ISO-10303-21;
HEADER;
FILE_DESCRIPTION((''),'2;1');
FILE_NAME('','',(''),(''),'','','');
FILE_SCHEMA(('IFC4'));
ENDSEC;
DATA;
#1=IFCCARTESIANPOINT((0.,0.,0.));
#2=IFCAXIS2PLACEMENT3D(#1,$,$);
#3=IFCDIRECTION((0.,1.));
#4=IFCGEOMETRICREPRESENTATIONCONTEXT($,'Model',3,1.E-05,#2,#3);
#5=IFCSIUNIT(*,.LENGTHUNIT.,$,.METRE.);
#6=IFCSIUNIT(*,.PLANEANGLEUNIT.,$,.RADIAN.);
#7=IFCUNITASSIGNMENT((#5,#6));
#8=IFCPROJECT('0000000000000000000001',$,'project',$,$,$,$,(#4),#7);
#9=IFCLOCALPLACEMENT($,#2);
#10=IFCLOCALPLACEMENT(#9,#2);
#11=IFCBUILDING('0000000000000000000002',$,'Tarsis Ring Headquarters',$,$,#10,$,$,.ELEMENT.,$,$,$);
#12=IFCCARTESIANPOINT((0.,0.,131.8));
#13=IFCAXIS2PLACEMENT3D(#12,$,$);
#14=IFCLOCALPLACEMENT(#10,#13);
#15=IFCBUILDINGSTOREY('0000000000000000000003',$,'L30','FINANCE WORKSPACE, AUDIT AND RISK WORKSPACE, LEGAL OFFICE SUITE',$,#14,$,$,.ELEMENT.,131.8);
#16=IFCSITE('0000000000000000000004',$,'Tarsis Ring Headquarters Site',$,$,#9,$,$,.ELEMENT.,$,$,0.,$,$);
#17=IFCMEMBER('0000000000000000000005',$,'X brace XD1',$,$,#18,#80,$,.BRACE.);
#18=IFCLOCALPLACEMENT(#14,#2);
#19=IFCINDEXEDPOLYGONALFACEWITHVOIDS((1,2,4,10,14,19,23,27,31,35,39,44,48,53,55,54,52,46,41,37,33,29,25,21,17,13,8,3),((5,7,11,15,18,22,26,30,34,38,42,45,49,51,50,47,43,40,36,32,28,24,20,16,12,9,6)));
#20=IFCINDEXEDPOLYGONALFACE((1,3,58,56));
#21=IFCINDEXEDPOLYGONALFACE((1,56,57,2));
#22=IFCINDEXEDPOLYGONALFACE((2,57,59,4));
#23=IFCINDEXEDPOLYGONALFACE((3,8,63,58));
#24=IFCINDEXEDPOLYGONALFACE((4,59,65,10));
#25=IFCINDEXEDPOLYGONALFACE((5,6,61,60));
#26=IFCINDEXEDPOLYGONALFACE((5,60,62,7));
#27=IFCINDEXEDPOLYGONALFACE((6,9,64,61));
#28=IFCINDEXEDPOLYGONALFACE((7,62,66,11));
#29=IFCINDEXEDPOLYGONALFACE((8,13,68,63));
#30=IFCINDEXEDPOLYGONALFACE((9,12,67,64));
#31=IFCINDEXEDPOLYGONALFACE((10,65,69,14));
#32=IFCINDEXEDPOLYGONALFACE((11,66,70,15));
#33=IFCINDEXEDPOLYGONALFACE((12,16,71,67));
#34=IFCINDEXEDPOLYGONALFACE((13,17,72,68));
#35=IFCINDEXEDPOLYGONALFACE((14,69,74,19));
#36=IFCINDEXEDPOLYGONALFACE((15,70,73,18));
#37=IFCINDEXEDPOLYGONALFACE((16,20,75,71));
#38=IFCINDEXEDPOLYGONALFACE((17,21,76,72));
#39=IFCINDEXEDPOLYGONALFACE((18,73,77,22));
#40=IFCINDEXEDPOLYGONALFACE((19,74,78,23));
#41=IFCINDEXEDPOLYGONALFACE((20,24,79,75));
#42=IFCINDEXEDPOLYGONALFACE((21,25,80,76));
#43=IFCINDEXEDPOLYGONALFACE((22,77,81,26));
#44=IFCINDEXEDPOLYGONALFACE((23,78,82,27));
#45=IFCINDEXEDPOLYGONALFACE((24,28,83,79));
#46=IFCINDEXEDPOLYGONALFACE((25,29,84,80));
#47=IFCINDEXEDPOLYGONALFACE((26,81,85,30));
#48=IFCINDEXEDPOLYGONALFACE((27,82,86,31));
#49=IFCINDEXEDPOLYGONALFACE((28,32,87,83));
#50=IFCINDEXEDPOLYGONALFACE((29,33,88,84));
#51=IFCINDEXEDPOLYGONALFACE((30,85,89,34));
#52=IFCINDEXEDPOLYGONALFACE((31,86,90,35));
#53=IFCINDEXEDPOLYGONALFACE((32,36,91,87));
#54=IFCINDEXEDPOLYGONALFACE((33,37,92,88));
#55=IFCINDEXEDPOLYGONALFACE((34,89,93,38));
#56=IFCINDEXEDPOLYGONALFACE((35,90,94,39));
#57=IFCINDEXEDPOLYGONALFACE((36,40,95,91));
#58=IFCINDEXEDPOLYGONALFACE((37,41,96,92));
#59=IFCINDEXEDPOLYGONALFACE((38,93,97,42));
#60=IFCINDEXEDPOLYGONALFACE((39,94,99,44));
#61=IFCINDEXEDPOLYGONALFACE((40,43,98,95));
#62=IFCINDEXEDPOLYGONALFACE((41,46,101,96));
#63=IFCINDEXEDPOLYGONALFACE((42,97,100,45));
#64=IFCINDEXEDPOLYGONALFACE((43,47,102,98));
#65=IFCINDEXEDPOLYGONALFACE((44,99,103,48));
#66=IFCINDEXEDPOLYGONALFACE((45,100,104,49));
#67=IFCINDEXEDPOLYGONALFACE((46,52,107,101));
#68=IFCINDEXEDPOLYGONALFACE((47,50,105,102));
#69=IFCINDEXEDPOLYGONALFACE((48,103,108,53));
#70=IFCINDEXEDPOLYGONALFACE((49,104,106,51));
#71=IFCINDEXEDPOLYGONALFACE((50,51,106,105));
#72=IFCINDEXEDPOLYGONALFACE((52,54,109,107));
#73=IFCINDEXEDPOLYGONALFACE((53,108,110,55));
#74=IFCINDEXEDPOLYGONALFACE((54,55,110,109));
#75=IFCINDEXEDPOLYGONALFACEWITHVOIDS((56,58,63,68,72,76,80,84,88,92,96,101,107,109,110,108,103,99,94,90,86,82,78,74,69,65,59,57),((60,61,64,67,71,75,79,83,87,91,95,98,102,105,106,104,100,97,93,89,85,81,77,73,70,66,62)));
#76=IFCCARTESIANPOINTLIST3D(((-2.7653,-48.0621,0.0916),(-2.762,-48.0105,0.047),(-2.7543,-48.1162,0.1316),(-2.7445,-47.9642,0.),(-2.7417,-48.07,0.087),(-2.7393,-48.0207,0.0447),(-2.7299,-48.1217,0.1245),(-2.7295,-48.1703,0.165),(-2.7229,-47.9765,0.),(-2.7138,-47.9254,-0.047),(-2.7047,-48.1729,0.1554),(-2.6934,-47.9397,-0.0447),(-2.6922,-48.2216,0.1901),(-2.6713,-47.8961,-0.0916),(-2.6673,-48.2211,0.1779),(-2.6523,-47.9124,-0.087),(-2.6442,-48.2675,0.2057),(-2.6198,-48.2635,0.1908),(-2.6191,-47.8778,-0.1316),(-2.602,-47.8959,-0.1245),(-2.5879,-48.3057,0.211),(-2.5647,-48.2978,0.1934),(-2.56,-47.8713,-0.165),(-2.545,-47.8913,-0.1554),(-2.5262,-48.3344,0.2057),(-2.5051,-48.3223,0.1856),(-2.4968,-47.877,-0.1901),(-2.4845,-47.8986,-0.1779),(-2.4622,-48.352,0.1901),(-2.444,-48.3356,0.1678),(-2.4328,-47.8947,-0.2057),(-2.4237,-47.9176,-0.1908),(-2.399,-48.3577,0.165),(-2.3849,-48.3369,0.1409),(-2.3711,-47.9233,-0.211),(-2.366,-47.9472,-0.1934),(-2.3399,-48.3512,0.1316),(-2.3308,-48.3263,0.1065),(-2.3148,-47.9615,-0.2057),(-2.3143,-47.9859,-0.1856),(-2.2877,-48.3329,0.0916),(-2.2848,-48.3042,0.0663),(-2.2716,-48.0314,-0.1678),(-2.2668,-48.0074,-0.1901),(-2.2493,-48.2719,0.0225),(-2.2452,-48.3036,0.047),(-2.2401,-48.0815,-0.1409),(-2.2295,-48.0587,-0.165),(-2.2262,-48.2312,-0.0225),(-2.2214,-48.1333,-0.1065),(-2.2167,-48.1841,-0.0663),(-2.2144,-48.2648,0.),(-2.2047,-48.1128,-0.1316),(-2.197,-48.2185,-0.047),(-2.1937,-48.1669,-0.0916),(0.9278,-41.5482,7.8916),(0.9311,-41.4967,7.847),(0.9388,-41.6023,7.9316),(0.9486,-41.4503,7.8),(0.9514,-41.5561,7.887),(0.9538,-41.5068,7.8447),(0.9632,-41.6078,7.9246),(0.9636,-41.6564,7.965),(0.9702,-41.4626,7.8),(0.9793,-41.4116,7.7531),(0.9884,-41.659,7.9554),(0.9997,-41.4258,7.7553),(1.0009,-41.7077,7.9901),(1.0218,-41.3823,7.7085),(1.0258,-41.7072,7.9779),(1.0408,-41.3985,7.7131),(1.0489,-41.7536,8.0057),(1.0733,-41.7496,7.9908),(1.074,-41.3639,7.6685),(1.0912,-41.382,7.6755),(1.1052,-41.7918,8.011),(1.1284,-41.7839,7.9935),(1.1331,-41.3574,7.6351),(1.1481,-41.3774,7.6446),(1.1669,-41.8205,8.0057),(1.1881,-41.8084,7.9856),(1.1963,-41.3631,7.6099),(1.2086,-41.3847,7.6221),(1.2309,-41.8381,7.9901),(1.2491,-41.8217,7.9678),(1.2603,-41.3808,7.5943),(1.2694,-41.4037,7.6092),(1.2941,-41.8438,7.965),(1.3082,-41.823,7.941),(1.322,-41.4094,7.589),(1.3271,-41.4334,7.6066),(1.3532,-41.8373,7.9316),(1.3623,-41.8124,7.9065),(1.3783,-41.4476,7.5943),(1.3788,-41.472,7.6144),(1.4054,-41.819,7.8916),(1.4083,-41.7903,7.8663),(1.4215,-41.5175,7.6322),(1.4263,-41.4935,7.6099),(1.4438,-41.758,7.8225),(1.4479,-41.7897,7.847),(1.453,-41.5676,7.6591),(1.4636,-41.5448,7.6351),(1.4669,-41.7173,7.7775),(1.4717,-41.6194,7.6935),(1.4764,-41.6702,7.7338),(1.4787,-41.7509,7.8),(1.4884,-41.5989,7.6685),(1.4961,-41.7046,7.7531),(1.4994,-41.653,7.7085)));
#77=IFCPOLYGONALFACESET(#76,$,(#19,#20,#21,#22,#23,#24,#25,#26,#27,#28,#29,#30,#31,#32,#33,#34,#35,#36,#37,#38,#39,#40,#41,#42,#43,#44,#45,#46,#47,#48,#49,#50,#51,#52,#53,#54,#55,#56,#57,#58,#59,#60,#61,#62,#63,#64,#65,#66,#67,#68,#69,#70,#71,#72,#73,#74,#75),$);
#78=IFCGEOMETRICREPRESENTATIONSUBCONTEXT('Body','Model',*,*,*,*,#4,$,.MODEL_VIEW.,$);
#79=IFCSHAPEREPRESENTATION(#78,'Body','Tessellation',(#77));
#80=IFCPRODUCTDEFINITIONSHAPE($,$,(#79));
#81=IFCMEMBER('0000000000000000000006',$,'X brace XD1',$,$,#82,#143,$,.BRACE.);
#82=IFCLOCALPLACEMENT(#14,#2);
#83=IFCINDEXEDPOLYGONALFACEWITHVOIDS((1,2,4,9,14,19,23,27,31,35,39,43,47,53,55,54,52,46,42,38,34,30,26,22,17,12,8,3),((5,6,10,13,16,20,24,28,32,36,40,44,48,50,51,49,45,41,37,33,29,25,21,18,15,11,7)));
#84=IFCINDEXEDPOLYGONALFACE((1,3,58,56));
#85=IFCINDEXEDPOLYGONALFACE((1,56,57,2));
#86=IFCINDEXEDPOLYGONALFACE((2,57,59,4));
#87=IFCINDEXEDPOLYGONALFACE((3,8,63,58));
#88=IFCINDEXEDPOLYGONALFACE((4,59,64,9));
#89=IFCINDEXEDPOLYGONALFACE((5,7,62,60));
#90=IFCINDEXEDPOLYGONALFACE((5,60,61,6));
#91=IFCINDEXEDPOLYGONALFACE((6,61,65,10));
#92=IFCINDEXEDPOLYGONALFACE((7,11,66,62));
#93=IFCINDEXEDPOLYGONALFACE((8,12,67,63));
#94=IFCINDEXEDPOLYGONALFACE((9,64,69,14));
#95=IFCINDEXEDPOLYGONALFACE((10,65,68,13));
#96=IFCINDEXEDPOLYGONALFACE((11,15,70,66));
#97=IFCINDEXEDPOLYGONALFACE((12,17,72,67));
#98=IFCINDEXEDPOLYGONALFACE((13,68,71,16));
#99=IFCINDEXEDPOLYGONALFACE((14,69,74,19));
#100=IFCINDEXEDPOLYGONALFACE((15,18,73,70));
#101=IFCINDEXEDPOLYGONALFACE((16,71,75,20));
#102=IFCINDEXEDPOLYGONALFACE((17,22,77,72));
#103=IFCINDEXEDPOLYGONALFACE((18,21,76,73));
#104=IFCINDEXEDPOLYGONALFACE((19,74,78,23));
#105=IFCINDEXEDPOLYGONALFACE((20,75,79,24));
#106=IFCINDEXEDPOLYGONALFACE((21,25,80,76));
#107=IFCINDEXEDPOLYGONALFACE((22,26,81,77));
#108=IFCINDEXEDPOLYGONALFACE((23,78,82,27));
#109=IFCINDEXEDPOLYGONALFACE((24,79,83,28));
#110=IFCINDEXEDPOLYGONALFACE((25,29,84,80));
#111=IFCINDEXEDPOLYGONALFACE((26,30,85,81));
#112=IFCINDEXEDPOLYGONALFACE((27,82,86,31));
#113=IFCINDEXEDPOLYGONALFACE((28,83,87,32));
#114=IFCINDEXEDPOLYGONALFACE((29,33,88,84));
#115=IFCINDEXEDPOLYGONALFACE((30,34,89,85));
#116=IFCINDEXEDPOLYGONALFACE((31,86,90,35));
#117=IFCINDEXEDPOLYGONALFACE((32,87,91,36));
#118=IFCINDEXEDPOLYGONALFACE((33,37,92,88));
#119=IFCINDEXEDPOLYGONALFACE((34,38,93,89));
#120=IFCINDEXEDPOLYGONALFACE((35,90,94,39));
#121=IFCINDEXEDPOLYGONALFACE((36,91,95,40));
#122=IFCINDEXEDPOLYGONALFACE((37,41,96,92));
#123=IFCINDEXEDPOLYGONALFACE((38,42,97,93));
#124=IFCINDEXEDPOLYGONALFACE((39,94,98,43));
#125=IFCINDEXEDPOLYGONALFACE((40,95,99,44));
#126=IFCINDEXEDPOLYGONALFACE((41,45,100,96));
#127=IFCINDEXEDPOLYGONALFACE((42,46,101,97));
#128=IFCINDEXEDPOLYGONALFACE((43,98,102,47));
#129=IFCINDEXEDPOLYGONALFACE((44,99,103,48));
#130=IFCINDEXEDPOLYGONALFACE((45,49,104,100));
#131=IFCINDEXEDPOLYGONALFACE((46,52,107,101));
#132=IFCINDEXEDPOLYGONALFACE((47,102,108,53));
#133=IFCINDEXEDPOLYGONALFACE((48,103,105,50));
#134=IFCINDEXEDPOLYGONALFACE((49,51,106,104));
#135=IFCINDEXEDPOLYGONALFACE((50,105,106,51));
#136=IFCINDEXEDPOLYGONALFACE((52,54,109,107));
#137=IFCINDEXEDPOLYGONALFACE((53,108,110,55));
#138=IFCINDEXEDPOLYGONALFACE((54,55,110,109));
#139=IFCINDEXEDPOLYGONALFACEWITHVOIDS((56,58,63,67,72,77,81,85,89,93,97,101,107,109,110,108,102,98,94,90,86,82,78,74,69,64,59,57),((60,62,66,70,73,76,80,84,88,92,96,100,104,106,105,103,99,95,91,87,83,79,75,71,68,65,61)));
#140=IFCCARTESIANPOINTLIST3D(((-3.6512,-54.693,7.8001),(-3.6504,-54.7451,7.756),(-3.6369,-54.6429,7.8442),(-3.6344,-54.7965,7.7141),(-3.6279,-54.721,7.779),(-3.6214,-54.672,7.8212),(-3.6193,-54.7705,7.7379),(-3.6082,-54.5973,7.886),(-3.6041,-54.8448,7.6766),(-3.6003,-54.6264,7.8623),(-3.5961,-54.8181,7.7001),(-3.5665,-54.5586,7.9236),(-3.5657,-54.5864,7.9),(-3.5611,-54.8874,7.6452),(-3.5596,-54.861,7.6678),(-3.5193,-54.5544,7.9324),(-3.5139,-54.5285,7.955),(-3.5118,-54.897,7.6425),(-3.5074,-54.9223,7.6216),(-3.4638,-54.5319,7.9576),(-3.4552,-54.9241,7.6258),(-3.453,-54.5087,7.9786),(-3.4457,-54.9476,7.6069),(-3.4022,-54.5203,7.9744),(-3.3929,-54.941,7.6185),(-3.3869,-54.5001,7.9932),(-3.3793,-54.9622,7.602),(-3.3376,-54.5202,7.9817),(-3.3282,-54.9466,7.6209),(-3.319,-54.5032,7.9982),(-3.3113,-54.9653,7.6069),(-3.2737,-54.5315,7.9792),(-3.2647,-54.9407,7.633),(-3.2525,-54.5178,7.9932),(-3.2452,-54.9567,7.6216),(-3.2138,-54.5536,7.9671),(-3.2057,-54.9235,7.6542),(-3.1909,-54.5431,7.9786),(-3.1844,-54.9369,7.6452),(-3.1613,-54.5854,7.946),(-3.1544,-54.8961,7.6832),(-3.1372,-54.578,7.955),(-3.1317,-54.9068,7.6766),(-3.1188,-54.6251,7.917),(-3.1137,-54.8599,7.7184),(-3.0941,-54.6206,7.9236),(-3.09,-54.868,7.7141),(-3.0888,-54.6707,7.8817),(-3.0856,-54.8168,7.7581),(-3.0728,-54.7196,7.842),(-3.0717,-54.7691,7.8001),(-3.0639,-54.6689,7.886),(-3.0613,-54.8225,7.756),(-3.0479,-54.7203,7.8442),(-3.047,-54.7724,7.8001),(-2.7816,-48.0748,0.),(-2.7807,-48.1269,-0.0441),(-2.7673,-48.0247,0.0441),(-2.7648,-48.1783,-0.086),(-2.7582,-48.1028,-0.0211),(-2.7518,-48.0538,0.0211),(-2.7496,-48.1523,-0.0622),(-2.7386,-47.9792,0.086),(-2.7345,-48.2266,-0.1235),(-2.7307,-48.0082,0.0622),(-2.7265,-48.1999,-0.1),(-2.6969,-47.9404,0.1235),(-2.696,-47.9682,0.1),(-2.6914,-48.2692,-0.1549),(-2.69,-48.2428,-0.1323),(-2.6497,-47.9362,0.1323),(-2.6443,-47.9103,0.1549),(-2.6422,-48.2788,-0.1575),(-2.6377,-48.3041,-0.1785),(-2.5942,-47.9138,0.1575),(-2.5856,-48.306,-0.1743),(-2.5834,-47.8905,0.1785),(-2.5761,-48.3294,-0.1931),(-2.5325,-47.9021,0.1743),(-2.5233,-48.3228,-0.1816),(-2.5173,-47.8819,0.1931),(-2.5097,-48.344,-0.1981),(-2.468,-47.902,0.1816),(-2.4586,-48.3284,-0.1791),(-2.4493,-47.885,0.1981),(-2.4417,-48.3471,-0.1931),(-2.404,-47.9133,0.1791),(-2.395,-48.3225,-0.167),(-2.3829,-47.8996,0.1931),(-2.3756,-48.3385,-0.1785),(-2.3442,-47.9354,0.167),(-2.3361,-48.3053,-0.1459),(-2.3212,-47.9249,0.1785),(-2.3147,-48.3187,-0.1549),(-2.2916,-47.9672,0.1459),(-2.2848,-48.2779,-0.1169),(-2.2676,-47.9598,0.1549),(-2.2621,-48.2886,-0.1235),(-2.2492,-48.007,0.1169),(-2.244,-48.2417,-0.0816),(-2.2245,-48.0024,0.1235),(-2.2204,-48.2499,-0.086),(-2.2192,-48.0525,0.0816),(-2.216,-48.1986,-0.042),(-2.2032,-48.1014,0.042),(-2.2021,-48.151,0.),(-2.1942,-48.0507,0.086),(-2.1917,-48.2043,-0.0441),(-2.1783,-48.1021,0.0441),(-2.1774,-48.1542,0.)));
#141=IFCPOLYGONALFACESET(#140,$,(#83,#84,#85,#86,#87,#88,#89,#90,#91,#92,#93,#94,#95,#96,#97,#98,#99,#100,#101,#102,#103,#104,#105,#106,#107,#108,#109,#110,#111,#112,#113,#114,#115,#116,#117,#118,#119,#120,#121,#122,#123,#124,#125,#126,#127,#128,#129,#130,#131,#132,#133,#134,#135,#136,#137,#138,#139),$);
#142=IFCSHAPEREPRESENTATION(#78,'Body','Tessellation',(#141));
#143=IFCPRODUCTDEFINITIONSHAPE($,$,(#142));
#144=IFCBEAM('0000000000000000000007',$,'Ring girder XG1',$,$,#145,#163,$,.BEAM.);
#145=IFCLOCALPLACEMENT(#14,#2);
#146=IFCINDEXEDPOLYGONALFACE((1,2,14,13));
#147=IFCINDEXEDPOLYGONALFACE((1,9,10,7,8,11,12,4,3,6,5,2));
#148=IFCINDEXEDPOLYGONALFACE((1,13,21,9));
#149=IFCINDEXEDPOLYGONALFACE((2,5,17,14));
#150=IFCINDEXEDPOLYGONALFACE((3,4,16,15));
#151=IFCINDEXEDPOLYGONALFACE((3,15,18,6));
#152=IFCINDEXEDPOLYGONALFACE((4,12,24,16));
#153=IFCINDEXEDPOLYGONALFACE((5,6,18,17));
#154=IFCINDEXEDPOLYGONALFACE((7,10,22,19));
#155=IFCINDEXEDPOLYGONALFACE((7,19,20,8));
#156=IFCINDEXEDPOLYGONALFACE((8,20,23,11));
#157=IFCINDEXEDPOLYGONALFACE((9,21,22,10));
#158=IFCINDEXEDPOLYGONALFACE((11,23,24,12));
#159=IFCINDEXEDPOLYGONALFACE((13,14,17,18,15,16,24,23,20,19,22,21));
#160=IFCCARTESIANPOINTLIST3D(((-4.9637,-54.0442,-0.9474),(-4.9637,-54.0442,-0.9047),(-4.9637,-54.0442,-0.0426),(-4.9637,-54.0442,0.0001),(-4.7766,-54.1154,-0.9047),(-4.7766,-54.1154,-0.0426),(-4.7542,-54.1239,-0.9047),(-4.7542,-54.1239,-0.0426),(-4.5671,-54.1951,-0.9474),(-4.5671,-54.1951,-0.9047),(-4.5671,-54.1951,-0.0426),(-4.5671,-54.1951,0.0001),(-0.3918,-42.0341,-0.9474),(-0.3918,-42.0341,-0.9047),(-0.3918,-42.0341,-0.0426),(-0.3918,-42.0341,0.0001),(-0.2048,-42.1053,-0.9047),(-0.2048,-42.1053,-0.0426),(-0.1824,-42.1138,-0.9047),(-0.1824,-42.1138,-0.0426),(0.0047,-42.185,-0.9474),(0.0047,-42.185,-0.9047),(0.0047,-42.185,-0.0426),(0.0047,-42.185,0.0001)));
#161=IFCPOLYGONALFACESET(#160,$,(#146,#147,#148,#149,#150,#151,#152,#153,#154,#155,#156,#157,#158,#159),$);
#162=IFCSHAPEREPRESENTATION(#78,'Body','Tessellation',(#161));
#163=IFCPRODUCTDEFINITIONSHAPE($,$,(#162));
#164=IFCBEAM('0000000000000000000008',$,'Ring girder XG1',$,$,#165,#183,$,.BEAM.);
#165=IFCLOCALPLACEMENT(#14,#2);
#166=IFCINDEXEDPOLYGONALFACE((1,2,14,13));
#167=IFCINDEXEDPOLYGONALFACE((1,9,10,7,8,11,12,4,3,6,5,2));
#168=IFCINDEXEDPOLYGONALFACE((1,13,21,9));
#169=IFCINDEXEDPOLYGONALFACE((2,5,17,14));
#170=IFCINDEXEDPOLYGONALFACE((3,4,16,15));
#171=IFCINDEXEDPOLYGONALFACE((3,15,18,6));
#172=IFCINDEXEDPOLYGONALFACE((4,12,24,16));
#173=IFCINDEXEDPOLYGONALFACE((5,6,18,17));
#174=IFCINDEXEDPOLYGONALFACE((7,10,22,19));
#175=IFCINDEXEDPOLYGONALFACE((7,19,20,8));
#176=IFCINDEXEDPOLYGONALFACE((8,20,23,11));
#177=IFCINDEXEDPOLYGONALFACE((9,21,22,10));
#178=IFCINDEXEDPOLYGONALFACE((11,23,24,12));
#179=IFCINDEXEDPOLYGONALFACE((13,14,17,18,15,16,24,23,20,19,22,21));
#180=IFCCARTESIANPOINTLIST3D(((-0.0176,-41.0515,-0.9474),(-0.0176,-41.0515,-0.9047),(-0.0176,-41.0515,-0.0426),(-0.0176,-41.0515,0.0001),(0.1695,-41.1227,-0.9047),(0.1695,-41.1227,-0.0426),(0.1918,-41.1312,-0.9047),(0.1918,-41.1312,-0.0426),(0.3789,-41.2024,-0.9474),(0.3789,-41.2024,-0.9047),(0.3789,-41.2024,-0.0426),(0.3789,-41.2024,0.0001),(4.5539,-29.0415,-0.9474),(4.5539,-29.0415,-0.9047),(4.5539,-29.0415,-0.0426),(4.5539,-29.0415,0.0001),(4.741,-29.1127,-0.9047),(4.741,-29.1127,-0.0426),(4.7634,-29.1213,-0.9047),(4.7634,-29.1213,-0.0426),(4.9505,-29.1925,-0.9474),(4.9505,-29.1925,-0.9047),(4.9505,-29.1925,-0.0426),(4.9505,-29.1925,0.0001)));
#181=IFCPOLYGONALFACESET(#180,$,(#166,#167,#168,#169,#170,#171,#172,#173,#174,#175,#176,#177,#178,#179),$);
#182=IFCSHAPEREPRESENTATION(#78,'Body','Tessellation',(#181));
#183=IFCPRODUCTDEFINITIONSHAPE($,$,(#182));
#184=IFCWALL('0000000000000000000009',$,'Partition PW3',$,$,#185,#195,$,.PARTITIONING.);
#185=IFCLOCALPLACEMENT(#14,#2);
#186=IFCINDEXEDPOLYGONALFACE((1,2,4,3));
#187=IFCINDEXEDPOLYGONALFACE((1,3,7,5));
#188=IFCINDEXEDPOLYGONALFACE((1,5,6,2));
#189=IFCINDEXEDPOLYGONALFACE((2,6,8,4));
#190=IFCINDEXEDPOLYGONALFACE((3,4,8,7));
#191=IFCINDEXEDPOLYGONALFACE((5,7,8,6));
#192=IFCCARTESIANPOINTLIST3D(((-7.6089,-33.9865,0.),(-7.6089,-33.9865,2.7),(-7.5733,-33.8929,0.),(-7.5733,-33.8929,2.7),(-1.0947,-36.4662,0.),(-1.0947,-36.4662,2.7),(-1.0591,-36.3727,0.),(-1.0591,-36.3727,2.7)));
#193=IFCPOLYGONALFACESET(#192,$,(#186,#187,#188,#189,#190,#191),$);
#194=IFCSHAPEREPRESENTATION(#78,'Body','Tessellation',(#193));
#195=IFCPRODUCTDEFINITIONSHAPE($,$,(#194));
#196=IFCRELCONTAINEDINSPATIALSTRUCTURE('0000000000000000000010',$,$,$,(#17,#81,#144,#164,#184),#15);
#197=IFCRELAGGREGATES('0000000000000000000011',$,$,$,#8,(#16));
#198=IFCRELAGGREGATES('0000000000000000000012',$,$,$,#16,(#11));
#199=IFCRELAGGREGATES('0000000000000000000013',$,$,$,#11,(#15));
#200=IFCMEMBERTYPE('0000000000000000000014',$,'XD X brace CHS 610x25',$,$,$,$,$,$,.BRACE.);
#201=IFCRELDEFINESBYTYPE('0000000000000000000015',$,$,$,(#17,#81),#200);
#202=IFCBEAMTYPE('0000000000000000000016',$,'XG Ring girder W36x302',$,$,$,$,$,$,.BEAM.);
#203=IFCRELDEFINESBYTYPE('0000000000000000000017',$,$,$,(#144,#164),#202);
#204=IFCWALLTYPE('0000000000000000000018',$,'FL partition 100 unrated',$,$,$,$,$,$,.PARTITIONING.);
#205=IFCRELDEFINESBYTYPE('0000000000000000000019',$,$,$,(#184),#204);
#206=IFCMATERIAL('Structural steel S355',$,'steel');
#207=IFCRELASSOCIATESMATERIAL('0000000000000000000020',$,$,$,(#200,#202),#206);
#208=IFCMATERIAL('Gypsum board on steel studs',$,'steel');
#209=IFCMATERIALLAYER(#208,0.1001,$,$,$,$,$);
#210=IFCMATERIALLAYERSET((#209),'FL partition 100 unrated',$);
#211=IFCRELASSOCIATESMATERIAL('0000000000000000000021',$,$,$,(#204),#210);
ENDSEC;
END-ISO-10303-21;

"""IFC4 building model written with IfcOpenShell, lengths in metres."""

from ifc_helpers import new_model, si_unit, direction, frame, frame_2d, origin, origin_2d, place, context, subcontext, project, spatial, rectangle, hollow_circle, i_section, extrude, material, layer, layer_set, material_profile, profile_set, type_object, element, save


model = new_model("IFC4")

# Units and contexts
model_context = context("Model", 3, precision=1e-05, world=origin(), true_north=direction((0.0, 1.0)))
body_context = subcontext(model_context, "Body", "Model", "MODEL_VIEW")
ifc_project = project(units=[si_unit("LENGTHUNIT", "METRE"), si_unit("PLANEANGLEUNIT", "RADIAN")], contexts=[model_context])

# Site, building, storey
site_placement = place(None, origin())
site = spatial("IfcSite", under=ifc_project, at=site_placement, Name="Tarsis Ring Headquarters Site", CompositionType="ELEMENT", RefElevation=0.0)
building_placement = place(site_placement, origin())
building = spatial("IfcBuilding", under=site, at=building_placement, Name="Tarsis Ring Headquarters", CompositionType="ELEMENT")
storey_placement = place(building_placement, frame((0.0, 0.0, 131.8)))
storey = spatial("IfcBuildingStorey", under=building, at=storey_placement, Name="L30", Description="FINANCE WORKSPACE, AUDIT AND RISK WORKSPACE, LEGAL OFFICE SUITE", CompositionType="ELEMENT", Elevation=131.8)

# Shared definitions
ifc_material_1 = material(Name="Structural steel S355", Category="steel")

# Members
ifc_material_profile_1 = material_profile(ifc_material_1, hollow_circle(Radius=0.3047, WallThickness=0.0249, at=origin_2d()), Name="CHS 610x25")
ifc_profile_set_1 = profile_set([ifc_material_profile_1], Name="Structural steel S355")
member_type = type_object("IfcMemberType", Name="XD X brace CHS 610x25", PredefinedType="BRACE", material=ifc_profile_set_1)
member_1_placement = place(storey_placement, frame((-2.4795, -48.1145, 0.0), z_axis=(0.341559, 0.602441, 0.721389), x_axis=(-0.869914, 0.493204, 0.0)))
element("IfcMember", 1, at=member_1_placement, inside=storey, type_object=member_type, Name="X brace XD1", PredefinedType="BRACE", context=body_context, shape_type="SweptSolid", body=[
    extrude(hollow_circle(Radius=0.3047, WallThickness=0.0249, at=origin_2d()), origin(), (0.0, 0.0, 1.0), 10.8125),
])
member_2_placement = place(storey_placement, frame((-2.4795, -48.1145, 0.0), z_axis=(-0.084707, -0.644649, 0.759771), x_axis=(0.991477, -0.13028, 0.0)))
element("IfcMember", 2, at=member_2_placement, inside=storey, type_object=member_type, Name="X brace XD1", PredefinedType="BRACE", context=body_context, shape_type="SweptSolid", body=[
    extrude(hollow_circle(Radius=0.3047, WallThickness=0.0249, at=origin_2d()), origin(), (0.0, 0.0, 1.0), 10.2664),
])

# Beams
ifc_material_profile_2 = material_profile(ifc_material_1, i_section(OverallWidth=0.4243, OverallDepth=0.9475, WebThickness=0.0239, FlangeThickness=0.0427, at=origin_2d()), Name="W36x302")
ifc_profile_set_2 = profile_set([ifc_material_profile_2], Name="Structural steel S355")
beam_type = type_object("IfcBeamType", Name="XG Ring girder W36x302", PredefinedType="BEAM", material=ifc_profile_set_2)
beam_1_placement = place(storey_placement, frame((-4.7654, -54.1196, -0.4736), z_axis=(0.35576, 0.934577, 0.0), x_axis=(-0.934577, 0.35576, 0.0)))
element("IfcBeam", 3, at=beam_1_placement, inside=storey, type_object=beam_type, Name="Ring girder XG1", PredefinedType="BEAM", context=body_context, shape_type="SweptSolid", body=[
    extrude(i_section(OverallWidth=0.4243, OverallDepth=0.9475, WebThickness=0.0239, FlangeThickness=0.0427, at=origin_2d()), origin(), (0.0, 0.0, 1.0), 12.8508),
])
beam_2_placement = place(storey_placement, frame((0.1807, -41.127, -0.4736), z_axis=(0.355743, 0.934584, 0.0), x_axis=(-0.934584, 0.355743, 0.0)))
element("IfcBeam", 4, at=beam_2_placement, inside=storey, type_object=beam_type, Name="Ring girder XG1", PredefinedType="BEAM", context=body_context, shape_type="SweptSolid", body=[
    extrude(i_section(OverallWidth=0.4243, OverallDepth=0.9475, WebThickness=0.0239, FlangeThickness=0.0427, at=origin_2d()), origin(), (0.0, 0.0, 1.0), 12.8506),
])

# Wall
ifc_material_2 = material(Name="Gypsum board on steel studs", Category="steel")
ifc_layer_1 = layer(ifc_material_2, 0.1001)
ifc_layer_set_1 = layer_set([ifc_layer_1], Name="FL partition 100 unrated")
wall_type_1 = type_object("IfcWallType", Name="FL partition 100 unrated", PredefinedType="PARTITIONING", material=ifc_layer_set_1)
wall_1_placement = place(storey_placement, frame((-7.5911, -33.9397, 0.0), z_axis=(0.0, 0.0, 1.0), x_axis=(0.934576, -0.355764, 0.0)))
element("IfcWall", 5, at=wall_1_placement, inside=storey, type_object=wall_type_1, Name="Partition PW3", PredefinedType="PARTITIONING", context=body_context, shape_type="SweptSolid", body=[
    extrude(rectangle(XDim=6.9702, YDim=0.1001, at=frame_2d((3.4851, 0.0))), origin(), (0.0, 0.0, 1.0), 2.7),
])

save(model, "model.ifc")
